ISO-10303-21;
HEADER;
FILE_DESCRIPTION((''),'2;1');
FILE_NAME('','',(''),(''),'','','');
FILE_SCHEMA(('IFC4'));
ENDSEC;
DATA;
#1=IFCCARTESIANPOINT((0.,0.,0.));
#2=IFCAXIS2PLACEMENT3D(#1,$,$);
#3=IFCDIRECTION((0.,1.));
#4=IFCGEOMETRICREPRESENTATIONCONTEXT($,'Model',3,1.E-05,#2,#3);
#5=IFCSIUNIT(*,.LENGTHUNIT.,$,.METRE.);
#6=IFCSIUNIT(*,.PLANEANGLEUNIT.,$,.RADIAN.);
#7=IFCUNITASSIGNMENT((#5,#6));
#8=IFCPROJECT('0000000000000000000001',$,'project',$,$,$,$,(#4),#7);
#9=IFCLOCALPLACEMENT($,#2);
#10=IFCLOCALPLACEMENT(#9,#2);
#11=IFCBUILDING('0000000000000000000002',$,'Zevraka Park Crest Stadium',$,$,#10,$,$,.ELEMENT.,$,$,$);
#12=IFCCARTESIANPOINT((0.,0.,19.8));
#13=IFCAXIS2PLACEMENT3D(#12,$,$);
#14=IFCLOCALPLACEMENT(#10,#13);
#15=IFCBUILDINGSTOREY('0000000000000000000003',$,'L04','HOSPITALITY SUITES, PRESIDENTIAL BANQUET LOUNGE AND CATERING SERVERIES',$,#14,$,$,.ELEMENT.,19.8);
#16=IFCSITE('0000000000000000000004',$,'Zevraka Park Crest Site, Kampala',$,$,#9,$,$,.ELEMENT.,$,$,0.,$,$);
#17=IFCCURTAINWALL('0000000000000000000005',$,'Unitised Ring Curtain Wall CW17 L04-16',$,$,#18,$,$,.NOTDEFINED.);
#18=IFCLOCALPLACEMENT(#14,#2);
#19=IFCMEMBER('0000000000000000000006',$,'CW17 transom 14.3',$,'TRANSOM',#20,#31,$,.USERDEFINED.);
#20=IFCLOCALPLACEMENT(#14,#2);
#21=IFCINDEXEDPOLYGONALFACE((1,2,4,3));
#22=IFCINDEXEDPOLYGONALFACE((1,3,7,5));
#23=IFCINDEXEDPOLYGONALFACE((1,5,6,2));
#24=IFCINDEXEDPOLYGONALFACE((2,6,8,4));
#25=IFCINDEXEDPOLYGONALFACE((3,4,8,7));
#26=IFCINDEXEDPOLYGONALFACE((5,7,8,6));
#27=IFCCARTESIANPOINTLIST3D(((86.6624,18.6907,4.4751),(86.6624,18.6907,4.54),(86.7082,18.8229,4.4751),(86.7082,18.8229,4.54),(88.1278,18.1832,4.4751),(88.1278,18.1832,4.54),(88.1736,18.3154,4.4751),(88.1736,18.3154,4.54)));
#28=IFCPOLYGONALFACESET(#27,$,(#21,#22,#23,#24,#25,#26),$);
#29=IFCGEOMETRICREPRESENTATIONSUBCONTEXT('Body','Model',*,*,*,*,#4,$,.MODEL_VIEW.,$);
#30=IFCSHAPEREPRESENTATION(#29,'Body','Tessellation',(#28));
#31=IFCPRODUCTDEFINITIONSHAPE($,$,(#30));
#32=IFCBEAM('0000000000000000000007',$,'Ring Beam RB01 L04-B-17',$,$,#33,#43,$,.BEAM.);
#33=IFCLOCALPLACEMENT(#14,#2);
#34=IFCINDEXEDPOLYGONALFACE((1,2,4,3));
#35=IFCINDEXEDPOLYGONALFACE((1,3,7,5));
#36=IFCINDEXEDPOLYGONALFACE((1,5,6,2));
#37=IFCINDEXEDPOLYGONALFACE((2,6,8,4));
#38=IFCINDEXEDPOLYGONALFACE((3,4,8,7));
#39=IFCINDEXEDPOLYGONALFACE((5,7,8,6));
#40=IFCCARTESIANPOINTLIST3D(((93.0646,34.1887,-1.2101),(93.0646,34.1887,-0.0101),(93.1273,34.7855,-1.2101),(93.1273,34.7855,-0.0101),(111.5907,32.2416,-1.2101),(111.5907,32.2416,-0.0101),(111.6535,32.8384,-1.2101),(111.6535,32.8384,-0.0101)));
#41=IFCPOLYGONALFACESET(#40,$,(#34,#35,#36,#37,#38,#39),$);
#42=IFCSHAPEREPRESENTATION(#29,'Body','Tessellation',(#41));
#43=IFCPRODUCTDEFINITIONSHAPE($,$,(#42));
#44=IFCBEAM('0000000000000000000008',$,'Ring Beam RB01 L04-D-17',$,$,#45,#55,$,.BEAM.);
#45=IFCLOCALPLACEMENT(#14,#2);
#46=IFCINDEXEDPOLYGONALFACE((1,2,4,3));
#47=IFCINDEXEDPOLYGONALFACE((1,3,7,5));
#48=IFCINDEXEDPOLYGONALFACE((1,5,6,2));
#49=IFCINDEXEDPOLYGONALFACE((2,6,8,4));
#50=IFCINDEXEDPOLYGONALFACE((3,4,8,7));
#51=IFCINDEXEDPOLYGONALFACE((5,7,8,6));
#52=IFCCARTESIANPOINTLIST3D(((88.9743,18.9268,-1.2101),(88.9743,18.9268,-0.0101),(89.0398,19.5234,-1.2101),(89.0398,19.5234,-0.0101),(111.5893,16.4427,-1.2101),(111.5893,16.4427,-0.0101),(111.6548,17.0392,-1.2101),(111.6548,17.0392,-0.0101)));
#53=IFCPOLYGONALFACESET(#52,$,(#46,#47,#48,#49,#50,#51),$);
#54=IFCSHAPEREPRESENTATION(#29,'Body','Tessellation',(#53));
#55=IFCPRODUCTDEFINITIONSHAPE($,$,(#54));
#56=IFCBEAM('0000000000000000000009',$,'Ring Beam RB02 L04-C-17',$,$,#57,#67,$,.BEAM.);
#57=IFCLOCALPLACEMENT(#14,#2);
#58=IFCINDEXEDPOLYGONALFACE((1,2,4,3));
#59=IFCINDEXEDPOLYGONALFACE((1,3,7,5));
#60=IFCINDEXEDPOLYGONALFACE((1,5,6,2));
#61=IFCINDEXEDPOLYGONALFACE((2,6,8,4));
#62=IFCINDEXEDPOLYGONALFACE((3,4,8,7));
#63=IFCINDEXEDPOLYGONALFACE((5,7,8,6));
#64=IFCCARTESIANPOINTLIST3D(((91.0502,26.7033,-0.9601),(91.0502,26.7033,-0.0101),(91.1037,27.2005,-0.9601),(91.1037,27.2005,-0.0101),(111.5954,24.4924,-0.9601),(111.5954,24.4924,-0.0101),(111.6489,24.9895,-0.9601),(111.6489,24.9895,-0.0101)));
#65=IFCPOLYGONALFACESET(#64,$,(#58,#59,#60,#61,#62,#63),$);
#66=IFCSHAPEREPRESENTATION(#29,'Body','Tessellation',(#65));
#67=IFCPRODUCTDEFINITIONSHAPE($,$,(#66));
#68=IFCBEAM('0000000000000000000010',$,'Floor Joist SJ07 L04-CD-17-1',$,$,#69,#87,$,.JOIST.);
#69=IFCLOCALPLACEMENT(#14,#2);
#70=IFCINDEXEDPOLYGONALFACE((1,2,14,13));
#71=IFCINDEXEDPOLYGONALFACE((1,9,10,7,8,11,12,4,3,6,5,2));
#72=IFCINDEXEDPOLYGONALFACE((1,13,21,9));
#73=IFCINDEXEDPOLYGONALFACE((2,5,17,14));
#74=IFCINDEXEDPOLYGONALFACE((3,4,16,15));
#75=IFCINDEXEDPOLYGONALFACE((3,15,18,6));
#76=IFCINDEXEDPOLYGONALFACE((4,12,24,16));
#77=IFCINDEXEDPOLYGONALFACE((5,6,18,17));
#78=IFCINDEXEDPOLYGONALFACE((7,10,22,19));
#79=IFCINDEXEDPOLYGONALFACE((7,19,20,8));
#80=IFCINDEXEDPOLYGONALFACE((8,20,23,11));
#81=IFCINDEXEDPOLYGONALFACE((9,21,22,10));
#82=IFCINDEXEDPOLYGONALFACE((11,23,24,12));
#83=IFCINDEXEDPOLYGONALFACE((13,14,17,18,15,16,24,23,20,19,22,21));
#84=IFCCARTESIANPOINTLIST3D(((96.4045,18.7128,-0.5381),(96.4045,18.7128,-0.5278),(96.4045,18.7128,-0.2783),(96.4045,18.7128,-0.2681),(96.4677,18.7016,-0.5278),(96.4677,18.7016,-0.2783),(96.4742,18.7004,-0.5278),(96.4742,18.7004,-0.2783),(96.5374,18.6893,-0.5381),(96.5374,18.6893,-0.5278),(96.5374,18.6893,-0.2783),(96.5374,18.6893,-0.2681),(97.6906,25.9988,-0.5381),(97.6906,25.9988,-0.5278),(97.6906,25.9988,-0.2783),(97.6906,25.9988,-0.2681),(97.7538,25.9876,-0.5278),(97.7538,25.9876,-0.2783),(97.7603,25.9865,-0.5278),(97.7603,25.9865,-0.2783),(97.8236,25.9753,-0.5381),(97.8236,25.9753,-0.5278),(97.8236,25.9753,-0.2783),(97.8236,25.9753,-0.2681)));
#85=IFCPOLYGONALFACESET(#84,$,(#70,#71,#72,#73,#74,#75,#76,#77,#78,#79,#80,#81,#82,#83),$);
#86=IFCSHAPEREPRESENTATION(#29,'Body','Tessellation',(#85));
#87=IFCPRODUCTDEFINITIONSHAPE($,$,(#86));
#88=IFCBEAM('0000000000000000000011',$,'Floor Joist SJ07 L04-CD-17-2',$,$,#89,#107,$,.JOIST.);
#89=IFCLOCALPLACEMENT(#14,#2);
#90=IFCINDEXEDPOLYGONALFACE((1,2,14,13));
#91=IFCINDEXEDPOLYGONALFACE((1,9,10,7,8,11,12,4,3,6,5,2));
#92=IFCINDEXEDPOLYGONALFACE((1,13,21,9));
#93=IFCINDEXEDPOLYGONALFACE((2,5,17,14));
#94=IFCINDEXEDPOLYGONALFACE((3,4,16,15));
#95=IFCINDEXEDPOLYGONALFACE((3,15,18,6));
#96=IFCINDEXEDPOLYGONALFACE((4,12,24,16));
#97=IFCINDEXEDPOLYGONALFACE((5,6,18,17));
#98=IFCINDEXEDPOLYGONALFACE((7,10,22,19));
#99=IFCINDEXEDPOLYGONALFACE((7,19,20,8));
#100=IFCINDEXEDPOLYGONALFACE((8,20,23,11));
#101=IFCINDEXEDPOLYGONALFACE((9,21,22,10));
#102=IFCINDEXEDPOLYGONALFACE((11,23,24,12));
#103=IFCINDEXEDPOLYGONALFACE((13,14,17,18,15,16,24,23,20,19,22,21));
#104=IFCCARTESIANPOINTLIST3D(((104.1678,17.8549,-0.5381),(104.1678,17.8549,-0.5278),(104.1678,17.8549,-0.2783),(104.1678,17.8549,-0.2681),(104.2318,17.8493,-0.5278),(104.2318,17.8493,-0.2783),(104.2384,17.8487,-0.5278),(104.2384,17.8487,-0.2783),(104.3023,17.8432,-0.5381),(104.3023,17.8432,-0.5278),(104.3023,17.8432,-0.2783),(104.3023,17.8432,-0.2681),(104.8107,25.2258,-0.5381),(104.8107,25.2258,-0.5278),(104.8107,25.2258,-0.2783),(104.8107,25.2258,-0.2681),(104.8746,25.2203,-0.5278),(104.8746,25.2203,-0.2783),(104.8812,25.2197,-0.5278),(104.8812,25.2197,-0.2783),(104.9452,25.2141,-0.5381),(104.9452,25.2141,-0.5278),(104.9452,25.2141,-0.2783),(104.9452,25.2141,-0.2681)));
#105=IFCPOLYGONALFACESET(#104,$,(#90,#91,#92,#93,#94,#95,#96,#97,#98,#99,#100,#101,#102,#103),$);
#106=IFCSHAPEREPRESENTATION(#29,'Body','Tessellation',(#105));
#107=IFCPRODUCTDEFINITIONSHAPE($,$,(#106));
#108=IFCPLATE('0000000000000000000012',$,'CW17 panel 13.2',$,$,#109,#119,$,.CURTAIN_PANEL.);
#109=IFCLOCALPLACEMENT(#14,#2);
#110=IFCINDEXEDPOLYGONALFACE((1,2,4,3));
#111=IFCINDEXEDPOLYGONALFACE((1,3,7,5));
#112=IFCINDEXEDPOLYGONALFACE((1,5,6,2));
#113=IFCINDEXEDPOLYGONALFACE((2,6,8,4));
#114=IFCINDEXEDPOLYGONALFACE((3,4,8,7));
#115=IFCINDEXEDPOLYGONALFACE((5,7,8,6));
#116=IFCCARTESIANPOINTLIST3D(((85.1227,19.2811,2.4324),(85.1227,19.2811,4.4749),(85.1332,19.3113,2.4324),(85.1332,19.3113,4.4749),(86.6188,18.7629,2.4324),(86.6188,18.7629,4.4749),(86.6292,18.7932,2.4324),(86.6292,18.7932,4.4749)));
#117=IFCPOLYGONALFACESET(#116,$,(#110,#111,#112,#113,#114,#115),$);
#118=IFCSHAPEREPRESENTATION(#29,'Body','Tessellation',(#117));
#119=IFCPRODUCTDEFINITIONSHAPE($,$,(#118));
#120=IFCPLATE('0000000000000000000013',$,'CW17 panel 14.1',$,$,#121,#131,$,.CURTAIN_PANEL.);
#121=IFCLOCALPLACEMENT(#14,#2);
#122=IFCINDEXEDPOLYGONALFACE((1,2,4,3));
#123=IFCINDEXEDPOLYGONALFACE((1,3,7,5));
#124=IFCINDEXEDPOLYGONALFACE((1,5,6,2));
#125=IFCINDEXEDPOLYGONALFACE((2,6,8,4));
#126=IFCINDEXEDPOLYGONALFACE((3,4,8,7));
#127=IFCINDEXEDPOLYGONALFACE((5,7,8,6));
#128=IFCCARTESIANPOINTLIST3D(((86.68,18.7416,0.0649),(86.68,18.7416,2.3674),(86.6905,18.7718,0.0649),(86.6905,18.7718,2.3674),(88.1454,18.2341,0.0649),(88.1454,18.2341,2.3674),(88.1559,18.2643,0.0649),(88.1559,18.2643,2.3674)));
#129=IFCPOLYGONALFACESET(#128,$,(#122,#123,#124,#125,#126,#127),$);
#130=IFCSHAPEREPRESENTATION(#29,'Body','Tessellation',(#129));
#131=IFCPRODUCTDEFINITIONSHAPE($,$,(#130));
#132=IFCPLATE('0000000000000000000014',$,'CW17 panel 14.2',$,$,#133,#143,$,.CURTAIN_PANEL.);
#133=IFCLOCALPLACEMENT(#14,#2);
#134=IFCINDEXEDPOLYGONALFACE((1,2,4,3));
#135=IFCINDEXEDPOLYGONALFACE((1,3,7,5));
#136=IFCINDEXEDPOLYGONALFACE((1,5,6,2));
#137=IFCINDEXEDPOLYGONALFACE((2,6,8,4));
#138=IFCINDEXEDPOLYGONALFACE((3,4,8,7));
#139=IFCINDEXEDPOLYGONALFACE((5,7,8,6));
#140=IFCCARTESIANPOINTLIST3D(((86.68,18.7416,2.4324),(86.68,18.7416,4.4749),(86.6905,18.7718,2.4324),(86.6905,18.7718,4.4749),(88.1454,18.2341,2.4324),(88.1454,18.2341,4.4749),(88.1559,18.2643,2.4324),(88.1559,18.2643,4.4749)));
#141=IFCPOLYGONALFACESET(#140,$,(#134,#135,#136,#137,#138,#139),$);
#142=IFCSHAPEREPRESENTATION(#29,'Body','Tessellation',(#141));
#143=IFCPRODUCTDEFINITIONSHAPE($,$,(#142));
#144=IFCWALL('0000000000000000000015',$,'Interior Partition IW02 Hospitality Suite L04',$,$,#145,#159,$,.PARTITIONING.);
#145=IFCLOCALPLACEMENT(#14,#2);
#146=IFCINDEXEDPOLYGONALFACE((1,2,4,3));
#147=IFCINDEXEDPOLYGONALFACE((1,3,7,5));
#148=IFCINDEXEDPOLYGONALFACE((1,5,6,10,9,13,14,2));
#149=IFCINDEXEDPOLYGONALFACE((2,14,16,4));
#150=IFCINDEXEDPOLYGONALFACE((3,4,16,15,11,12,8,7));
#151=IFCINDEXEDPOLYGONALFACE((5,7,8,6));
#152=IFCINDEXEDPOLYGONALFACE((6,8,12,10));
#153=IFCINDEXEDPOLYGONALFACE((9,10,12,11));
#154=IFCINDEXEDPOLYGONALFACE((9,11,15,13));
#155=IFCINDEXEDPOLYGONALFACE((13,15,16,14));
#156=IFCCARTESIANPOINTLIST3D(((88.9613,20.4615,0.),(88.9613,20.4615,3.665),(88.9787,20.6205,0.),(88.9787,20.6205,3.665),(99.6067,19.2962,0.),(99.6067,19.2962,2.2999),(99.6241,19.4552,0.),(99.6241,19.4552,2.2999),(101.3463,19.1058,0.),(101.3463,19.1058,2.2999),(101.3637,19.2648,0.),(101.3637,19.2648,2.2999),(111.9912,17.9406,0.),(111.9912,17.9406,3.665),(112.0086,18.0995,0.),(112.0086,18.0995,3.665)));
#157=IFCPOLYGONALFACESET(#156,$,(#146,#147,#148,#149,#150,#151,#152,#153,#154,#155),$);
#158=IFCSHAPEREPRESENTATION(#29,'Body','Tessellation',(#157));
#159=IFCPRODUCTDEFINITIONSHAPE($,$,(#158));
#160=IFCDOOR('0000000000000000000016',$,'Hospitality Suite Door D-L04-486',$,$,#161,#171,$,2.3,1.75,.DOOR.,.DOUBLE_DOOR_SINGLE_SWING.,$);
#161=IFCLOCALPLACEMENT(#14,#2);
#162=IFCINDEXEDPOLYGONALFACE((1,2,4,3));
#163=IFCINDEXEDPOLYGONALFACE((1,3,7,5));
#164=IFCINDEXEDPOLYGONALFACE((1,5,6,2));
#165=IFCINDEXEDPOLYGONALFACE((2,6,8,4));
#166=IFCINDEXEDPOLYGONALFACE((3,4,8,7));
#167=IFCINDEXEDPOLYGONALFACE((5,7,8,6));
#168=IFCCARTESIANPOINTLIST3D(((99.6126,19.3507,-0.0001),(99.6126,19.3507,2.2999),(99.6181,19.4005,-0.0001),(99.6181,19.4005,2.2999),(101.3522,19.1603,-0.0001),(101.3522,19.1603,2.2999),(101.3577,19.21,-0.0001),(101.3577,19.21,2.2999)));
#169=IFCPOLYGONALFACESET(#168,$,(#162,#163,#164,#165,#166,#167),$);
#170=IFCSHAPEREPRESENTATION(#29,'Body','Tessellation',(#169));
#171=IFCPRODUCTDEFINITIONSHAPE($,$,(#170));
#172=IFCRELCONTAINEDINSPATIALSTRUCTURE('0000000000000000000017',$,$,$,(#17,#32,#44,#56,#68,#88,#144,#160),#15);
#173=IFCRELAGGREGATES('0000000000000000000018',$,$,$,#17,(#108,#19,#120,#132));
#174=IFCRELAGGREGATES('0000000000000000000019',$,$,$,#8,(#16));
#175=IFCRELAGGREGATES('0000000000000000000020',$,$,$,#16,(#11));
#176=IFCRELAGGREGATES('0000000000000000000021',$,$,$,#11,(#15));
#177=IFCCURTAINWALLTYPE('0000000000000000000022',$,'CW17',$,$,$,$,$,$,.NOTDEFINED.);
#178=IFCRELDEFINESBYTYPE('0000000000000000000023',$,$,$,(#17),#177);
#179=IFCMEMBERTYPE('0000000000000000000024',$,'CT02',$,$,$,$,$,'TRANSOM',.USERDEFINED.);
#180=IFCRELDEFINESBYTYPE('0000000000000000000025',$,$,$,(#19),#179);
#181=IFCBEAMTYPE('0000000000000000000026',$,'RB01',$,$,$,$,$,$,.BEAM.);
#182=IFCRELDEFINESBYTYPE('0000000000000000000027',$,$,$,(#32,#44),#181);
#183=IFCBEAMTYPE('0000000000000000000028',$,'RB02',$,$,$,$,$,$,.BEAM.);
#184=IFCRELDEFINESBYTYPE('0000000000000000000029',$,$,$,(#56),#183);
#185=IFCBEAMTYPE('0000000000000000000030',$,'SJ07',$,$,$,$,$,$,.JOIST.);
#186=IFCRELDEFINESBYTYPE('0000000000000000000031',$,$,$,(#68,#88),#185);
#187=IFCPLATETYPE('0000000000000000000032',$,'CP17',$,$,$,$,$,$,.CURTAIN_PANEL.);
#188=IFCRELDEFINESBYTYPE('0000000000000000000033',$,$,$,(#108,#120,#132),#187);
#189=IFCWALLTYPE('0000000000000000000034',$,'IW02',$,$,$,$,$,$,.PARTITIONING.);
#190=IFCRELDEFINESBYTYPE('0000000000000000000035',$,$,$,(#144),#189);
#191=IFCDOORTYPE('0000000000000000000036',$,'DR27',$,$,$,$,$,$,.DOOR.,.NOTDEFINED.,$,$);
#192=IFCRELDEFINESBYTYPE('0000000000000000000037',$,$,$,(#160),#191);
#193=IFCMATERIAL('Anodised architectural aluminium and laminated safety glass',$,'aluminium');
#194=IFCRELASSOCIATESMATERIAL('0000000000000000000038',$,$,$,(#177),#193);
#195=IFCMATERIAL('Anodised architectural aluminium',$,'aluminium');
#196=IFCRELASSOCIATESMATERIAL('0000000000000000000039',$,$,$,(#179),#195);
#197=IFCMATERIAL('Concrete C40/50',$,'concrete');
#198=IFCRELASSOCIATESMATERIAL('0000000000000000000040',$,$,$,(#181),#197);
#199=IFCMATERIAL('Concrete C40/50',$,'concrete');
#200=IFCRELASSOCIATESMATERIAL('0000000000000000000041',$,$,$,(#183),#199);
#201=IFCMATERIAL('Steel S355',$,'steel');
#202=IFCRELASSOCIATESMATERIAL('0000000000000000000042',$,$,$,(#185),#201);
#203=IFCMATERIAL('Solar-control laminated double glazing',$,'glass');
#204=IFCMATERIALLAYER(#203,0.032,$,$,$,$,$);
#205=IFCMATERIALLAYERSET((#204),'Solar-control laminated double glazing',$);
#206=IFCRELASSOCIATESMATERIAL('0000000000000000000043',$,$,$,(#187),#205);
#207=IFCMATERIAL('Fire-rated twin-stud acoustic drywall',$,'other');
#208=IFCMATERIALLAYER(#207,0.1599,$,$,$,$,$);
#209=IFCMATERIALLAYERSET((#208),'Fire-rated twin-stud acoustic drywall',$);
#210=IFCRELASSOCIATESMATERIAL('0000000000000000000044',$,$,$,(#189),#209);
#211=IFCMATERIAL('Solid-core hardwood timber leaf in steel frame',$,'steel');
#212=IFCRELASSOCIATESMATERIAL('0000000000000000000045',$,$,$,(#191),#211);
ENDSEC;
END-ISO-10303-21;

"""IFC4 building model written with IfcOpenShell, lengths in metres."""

from ifc_helpers import new_model, si_unit, direction, frame, frame_2d, origin, origin_2d, place, context, subcontext, project, spatial, rectangle, i_section, extrude, material, layer, layer_set, material_profile, profile_set, type_object, element, fill, aggregate, save


model = new_model("IFC4")

# Units and contexts
model_context = context("Model", 3, precision=1e-05, world=origin(), true_north=direction((0.0, 1.0)))
body_context = subcontext(model_context, "Body", "Model", "MODEL_VIEW")
ifc_project = project(units=[si_unit("LENGTHUNIT", "METRE"), si_unit("PLANEANGLEUNIT", "RADIAN")], contexts=[model_context])

# Site, building, storey
site_placement = place(None, origin())
site = spatial("IfcSite", under=ifc_project, at=site_placement, Name="Zevraka Park Crest Site, Kampala", CompositionType="ELEMENT", RefElevation=0.0)
building_placement = place(site_placement, origin())
building = spatial("IfcBuilding", under=site, at=building_placement, Name="Zevraka Park Crest Stadium", CompositionType="ELEMENT")
storey_placement = place(building_placement, frame((0.0, 0.0, 19.8)))
storey = spatial("IfcBuildingStorey", under=building, at=storey_placement, Name="L04", Description="HOSPITALITY SUITES, PRESIDENTIAL BANQUET LOUNGE AND CATERING SERVERIES", CompositionType="ELEMENT", Elevation=19.8)

# Curtain wall
ifc_material_1 = material(Name="Anodised architectural aluminium and laminated safety glass", Category="aluminium")
curtain_wall_type_1 = type_object("IfcCurtainWallType", Name="CW17", PredefinedType="NOTDEFINED", material=ifc_material_1)
curtain_wall_1_placement = place(storey_placement, origin())
curtain_wall_1 = element("IfcCurtainWall", 1, at=curtain_wall_1_placement, inside=storey, type_object=curtain_wall_type_1, Name="Unitised Ring Curtain Wall CW17 L04-16", PredefinedType="NOTDEFINED")

# Member
ifc_material_2 = material(Name="Anodised architectural aluminium", Category="aluminium")
ifc_material_profile_1 = material_profile(ifc_material_2, rectangle(XDim=0.1399, YDim=0.0649, at=origin_2d()), Name="ALU TRANSOM 140x65")
ifc_profile_set_1 = profile_set([ifc_material_profile_1], Name="Anodised architectural aluminium")
member_type_1 = type_object("IfcMemberType", Name="CT02", ElementType="TRANSOM", PredefinedType="USERDEFINED", material=ifc_profile_set_1)
member_1_placement = place(storey_placement, frame((86.6853, 18.7568, 4.5076), z_axis=(0.944919, -0.327305, 0.0), x_axis=(0.327305, 0.944919, 0.0)))
member_1 = element("IfcMember", 2, at=member_1_placement, type_object=member_type_1, Name="CW17 transom 14.3", ObjectType="TRANSOM", PredefinedType="USERDEFINED", context=body_context, shape_type="SweptSolid", body=[
    extrude(rectangle(XDim=0.1399, YDim=0.0649, at=origin_2d()), origin(), (0.0, 0.0, 1.0), 1.5508),
])

# Beams
ifc_material_3 = material(Name="Concrete C40/50", Category="concrete")
ifc_material_profile_2 = material_profile(ifc_material_3, rectangle(XDim=0.6001, YDim=1.2, at=origin_2d()), Name="RC 1200x600")
ifc_profile_set_2 = profile_set([ifc_material_profile_2], Name="Concrete C40/50")
beam_type_1 = type_object("IfcBeamType", Name="RB01", PredefinedType="BEAM", material=ifc_profile_set_2)
beam_1_placement = place(storey_placement, frame((93.0959, 34.4871, -0.6101), z_axis=(0.994523, -0.10452, 0.0), x_axis=(0.10452, 0.994523, 0.0)))
element("IfcBeam", 3, at=beam_1_placement, inside=storey, type_object=beam_type_1, Name="Ring Beam RB01 L04-B-17", PredefinedType="BEAM", context=body_context, shape_type="SweptSolid", body=[
    extrude(rectangle(XDim=0.6001, YDim=1.2, at=origin_2d()), origin(), (0.0, 0.0, 1.0), 18.6282),
])
beam_2_placement = place(storey_placement, frame((89.0071, 19.2251, -0.6101), z_axis=(0.994021, -0.109188, 0.0), x_axis=(0.109188, 0.994021, 0.0)))
element("IfcBeam", 4, at=beam_2_placement, inside=storey, type_object=beam_type_1, Name="Ring Beam RB01 L04-D-17", PredefinedType="BEAM", context=body_context, shape_type="SweptSolid", body=[
    extrude(rectangle(XDim=0.6001, YDim=1.2, at=origin_2d()), origin(), (0.0, 0.0, 1.0), 22.751),
])
ifc_material_4 = material(Name="Concrete C40/50", Category="concrete")
ifc_material_profile_3 = material_profile(ifc_material_4, rectangle(XDim=0.5, YDim=0.95, at=origin_2d()), Name="RC 950x500")
ifc_profile_set_3 = profile_set([ifc_material_profile_3], Name="Concrete C40/50")
beam_type_2 = type_object("IfcBeamType", Name="RB02", PredefinedType="BEAM", material=ifc_profile_set_3)
beam_3_placement = place(storey_placement, frame((91.0769, 26.9519, -0.4851), z_axis=(0.994259, -0.106996, 0.0), x_axis=(0.106996, 0.994259, 0.0)))
element("IfcBeam", 5, at=beam_3_placement, inside=storey, type_object=beam_type_2, Name="Ring Beam RB02 L04-C-17", PredefinedType="BEAM", context=body_context, shape_type="SweptSolid", body=[
    extrude(rectangle(XDim=0.5, YDim=0.95, at=origin_2d()), origin(), (0.0, 0.0, 1.0), 20.6638),
])
ifc_material_5 = material(Name="Steel S355", Category="steel")
ifc_material_profile_4 = material_profile(ifc_material_5, i_section(OverallWidth=0.135, OverallDepth=0.27, WebThickness=0.0066, FlangeThickness=0.0103, at=origin_2d()), Name="IPE 270")
ifc_profile_set_4 = profile_set([ifc_material_profile_4], Name="Steel S355")
beam_type_3 = type_object("IfcBeamType", Name="SJ07", PredefinedType="JOIST", material=ifc_profile_set_4)
beam_4_placement = place(storey_placement, frame((97.7571, 25.9871, -0.4031), z_axis=(-0.173831, -0.984776, 0.0), x_axis=(0.984776, -0.173831, 0.0)))
element("IfcBeam", 6, at=beam_4_placement, inside=storey, type_object=beam_type_3, Name="Floor Joist SJ07 L04-CD-17-1", PredefinedType="JOIST", context=body_context, shape_type="SweptSolid", body=[
    extrude(i_section(OverallWidth=0.135, OverallDepth=0.27, WebThickness=0.0066, FlangeThickness=0.0103, at=origin_2d()), origin(), (0.0, 0.0, 1.0), 7.3987),
])
beam_5_placement = place(storey_placement, frame((104.8779, 25.22, -0.4031), z_axis=(-0.086882, -0.996219, 0.0), x_axis=(0.996219, -0.086882, 0.0)))
element("IfcBeam", 7, at=beam_5_placement, inside=storey, type_object=beam_type_3, Name="Floor Joist SJ07 L04-CD-17-2", PredefinedType="JOIST", context=body_context, shape_type="SweptSolid", body=[
    extrude(i_section(OverallWidth=0.135, OverallDepth=0.27, WebThickness=0.0066, FlangeThickness=0.0103, at=origin_2d()), origin(), (0.0, 0.0, 1.0), 7.3989),
])

# Plates
ifc_material_6 = material(Name="Solar-control laminated double glazing", Category="glass")
ifc_layer_1 = layer(ifc_material_6, 0.032)
ifc_layer_set_1 = layer_set([ifc_layer_1], Name="Solar-control laminated double glazing")
plate_type = type_object("IfcPlateType", Name="CP17", PredefinedType="CURTAIN_PANEL", material=ifc_layer_set_1)
plate_1_placement = place(storey_placement, frame((85.876, 19.0371, 2.4324), z_axis=(0.0, 0.0, 1.0), x_axis=(0.94494, -0.327245, 0.0)))
plate_1 = element("IfcPlate", 8, at=plate_1_placement, type_object=plate_type, Name="CW17 panel 13.2", PredefinedType="CURTAIN_PANEL", context=body_context, shape_type="SweptSolid", body=[
    extrude(rectangle(XDim=1.5833, YDim=0.032, at=origin_2d()), origin(), (0.0, 0.0, 1.0), 2.0425),
])
plate_2_placement = place(storey_placement, frame((87.418, 18.5029, 0.0649), z_axis=(0.0, 0.0, 1.0), x_axis=(0.94494, -0.327245, 0.0)))
plate_2 = element("IfcPlate", 9, at=plate_2_placement, type_object=plate_type, Name="CW17 panel 14.1", PredefinedType="CURTAIN_PANEL", context=body_context, shape_type="SweptSolid", body=[
    extrude(rectangle(XDim=1.5508, YDim=0.032, at=origin_2d()), origin(), (0.0, 0.0, 1.0), 2.3025),
])
plate_3_placement = place(storey_placement, frame((87.418, 18.5029, 2.4324), z_axis=(0.0, 0.0, 1.0), x_axis=(0.94494, -0.327245, 0.0)))
plate_3 = element("IfcPlate", 10, at=plate_3_placement, type_object=plate_type, Name="CW17 panel 14.2", PredefinedType="CURTAIN_PANEL", context=body_context, shape_type="SweptSolid", body=[
    extrude(rectangle(XDim=1.5508, YDim=0.032, at=origin_2d()), origin(), (0.0, 0.0, 1.0), 2.0425),
])
aggregate(curtain_wall_1, [plate_1, member_1, plate_2, plate_3])

# Wall, opening, door
ifc_material_7 = material(Name="Fire-rated twin-stud acoustic drywall", Category="other")
ifc_layer_2 = layer(ifc_material_7, 0.1599)
ifc_layer_set_2 = layer_set([ifc_layer_2], Name="Fire-rated twin-stud acoustic drywall")
wall_type_1 = type_object("IfcWallType", Name="IW02", PredefinedType="PARTITIONING", material=ifc_layer_set_2)
wall_1_placement = place(storey_placement, frame((88.97, 20.541, 0.0), z_axis=(0.0, 0.0, 1.0), x_axis=(0.994062, -0.108816, 0.0)))
wall_1 = element("IfcWall", 11, at=wall_1_placement, inside=storey, type_object=wall_type_1, Name="Interior Partition IW02 Hospitality Suite L04", PredefinedType="PARTITIONING", context=body_context, shape_type="SweptSolid", body=[
    extrude(rectangle(XDim=23.1675, YDim=0.1599, at=frame_2d((11.5837, 0.0))), origin(), (0.0, 0.0, 1.0), 3.665),
])
opening_placement = place(wall_1_placement, frame((10.709, 0.0, 0.0)))
opening = element("IfcOpeningElement", 12, at=opening_placement, cuts=wall_1, PredefinedType="OPENING", context=body_context, shape_type="SweptSolid", body=[
    extrude(rectangle(XDim=1.75, YDim=2.3, at=frame_2d((0.875, 1.1499))), frame((0.0, 0.0898, 0.0), z_axis=(0.0, -1.0, 0.0), x_axis=(1.0, 0.0, 0.0)), (0.0, 0.0, 1.0), 0.1799),
])
ifc_material_8 = material(Name="Solid-core hardwood timber leaf in steel frame", Category="steel")
door_type = type_object("IfcDoorType", Name="DR27", OperationType="NOTDEFINED", PredefinedType="DOOR", material=ifc_material_8)
door_placement = place(opening_placement, origin())
door = element("IfcDoor", 13, at=door_placement, inside=storey, type_object=door_type, Name="Hospitality Suite Door D-L04-486", OperationType="DOUBLE_DOOR_SINGLE_SWING", OverallHeight=2.3, OverallWidth=1.75, PredefinedType="DOOR", context=body_context, shape_type="SweptSolid", body=[
    extrude(rectangle(XDim=1.75, YDim=2.3, at=frame_2d((0.875, 1.1499))), frame((0.0, 0.0249, 0.0), z_axis=(0.0, -1.0, 0.0), x_axis=(1.0, 0.0, 0.0)), (0.0, 0.0, 1.0), 0.05),
])
fill(opening, door)

save(model, "model.ifc")
